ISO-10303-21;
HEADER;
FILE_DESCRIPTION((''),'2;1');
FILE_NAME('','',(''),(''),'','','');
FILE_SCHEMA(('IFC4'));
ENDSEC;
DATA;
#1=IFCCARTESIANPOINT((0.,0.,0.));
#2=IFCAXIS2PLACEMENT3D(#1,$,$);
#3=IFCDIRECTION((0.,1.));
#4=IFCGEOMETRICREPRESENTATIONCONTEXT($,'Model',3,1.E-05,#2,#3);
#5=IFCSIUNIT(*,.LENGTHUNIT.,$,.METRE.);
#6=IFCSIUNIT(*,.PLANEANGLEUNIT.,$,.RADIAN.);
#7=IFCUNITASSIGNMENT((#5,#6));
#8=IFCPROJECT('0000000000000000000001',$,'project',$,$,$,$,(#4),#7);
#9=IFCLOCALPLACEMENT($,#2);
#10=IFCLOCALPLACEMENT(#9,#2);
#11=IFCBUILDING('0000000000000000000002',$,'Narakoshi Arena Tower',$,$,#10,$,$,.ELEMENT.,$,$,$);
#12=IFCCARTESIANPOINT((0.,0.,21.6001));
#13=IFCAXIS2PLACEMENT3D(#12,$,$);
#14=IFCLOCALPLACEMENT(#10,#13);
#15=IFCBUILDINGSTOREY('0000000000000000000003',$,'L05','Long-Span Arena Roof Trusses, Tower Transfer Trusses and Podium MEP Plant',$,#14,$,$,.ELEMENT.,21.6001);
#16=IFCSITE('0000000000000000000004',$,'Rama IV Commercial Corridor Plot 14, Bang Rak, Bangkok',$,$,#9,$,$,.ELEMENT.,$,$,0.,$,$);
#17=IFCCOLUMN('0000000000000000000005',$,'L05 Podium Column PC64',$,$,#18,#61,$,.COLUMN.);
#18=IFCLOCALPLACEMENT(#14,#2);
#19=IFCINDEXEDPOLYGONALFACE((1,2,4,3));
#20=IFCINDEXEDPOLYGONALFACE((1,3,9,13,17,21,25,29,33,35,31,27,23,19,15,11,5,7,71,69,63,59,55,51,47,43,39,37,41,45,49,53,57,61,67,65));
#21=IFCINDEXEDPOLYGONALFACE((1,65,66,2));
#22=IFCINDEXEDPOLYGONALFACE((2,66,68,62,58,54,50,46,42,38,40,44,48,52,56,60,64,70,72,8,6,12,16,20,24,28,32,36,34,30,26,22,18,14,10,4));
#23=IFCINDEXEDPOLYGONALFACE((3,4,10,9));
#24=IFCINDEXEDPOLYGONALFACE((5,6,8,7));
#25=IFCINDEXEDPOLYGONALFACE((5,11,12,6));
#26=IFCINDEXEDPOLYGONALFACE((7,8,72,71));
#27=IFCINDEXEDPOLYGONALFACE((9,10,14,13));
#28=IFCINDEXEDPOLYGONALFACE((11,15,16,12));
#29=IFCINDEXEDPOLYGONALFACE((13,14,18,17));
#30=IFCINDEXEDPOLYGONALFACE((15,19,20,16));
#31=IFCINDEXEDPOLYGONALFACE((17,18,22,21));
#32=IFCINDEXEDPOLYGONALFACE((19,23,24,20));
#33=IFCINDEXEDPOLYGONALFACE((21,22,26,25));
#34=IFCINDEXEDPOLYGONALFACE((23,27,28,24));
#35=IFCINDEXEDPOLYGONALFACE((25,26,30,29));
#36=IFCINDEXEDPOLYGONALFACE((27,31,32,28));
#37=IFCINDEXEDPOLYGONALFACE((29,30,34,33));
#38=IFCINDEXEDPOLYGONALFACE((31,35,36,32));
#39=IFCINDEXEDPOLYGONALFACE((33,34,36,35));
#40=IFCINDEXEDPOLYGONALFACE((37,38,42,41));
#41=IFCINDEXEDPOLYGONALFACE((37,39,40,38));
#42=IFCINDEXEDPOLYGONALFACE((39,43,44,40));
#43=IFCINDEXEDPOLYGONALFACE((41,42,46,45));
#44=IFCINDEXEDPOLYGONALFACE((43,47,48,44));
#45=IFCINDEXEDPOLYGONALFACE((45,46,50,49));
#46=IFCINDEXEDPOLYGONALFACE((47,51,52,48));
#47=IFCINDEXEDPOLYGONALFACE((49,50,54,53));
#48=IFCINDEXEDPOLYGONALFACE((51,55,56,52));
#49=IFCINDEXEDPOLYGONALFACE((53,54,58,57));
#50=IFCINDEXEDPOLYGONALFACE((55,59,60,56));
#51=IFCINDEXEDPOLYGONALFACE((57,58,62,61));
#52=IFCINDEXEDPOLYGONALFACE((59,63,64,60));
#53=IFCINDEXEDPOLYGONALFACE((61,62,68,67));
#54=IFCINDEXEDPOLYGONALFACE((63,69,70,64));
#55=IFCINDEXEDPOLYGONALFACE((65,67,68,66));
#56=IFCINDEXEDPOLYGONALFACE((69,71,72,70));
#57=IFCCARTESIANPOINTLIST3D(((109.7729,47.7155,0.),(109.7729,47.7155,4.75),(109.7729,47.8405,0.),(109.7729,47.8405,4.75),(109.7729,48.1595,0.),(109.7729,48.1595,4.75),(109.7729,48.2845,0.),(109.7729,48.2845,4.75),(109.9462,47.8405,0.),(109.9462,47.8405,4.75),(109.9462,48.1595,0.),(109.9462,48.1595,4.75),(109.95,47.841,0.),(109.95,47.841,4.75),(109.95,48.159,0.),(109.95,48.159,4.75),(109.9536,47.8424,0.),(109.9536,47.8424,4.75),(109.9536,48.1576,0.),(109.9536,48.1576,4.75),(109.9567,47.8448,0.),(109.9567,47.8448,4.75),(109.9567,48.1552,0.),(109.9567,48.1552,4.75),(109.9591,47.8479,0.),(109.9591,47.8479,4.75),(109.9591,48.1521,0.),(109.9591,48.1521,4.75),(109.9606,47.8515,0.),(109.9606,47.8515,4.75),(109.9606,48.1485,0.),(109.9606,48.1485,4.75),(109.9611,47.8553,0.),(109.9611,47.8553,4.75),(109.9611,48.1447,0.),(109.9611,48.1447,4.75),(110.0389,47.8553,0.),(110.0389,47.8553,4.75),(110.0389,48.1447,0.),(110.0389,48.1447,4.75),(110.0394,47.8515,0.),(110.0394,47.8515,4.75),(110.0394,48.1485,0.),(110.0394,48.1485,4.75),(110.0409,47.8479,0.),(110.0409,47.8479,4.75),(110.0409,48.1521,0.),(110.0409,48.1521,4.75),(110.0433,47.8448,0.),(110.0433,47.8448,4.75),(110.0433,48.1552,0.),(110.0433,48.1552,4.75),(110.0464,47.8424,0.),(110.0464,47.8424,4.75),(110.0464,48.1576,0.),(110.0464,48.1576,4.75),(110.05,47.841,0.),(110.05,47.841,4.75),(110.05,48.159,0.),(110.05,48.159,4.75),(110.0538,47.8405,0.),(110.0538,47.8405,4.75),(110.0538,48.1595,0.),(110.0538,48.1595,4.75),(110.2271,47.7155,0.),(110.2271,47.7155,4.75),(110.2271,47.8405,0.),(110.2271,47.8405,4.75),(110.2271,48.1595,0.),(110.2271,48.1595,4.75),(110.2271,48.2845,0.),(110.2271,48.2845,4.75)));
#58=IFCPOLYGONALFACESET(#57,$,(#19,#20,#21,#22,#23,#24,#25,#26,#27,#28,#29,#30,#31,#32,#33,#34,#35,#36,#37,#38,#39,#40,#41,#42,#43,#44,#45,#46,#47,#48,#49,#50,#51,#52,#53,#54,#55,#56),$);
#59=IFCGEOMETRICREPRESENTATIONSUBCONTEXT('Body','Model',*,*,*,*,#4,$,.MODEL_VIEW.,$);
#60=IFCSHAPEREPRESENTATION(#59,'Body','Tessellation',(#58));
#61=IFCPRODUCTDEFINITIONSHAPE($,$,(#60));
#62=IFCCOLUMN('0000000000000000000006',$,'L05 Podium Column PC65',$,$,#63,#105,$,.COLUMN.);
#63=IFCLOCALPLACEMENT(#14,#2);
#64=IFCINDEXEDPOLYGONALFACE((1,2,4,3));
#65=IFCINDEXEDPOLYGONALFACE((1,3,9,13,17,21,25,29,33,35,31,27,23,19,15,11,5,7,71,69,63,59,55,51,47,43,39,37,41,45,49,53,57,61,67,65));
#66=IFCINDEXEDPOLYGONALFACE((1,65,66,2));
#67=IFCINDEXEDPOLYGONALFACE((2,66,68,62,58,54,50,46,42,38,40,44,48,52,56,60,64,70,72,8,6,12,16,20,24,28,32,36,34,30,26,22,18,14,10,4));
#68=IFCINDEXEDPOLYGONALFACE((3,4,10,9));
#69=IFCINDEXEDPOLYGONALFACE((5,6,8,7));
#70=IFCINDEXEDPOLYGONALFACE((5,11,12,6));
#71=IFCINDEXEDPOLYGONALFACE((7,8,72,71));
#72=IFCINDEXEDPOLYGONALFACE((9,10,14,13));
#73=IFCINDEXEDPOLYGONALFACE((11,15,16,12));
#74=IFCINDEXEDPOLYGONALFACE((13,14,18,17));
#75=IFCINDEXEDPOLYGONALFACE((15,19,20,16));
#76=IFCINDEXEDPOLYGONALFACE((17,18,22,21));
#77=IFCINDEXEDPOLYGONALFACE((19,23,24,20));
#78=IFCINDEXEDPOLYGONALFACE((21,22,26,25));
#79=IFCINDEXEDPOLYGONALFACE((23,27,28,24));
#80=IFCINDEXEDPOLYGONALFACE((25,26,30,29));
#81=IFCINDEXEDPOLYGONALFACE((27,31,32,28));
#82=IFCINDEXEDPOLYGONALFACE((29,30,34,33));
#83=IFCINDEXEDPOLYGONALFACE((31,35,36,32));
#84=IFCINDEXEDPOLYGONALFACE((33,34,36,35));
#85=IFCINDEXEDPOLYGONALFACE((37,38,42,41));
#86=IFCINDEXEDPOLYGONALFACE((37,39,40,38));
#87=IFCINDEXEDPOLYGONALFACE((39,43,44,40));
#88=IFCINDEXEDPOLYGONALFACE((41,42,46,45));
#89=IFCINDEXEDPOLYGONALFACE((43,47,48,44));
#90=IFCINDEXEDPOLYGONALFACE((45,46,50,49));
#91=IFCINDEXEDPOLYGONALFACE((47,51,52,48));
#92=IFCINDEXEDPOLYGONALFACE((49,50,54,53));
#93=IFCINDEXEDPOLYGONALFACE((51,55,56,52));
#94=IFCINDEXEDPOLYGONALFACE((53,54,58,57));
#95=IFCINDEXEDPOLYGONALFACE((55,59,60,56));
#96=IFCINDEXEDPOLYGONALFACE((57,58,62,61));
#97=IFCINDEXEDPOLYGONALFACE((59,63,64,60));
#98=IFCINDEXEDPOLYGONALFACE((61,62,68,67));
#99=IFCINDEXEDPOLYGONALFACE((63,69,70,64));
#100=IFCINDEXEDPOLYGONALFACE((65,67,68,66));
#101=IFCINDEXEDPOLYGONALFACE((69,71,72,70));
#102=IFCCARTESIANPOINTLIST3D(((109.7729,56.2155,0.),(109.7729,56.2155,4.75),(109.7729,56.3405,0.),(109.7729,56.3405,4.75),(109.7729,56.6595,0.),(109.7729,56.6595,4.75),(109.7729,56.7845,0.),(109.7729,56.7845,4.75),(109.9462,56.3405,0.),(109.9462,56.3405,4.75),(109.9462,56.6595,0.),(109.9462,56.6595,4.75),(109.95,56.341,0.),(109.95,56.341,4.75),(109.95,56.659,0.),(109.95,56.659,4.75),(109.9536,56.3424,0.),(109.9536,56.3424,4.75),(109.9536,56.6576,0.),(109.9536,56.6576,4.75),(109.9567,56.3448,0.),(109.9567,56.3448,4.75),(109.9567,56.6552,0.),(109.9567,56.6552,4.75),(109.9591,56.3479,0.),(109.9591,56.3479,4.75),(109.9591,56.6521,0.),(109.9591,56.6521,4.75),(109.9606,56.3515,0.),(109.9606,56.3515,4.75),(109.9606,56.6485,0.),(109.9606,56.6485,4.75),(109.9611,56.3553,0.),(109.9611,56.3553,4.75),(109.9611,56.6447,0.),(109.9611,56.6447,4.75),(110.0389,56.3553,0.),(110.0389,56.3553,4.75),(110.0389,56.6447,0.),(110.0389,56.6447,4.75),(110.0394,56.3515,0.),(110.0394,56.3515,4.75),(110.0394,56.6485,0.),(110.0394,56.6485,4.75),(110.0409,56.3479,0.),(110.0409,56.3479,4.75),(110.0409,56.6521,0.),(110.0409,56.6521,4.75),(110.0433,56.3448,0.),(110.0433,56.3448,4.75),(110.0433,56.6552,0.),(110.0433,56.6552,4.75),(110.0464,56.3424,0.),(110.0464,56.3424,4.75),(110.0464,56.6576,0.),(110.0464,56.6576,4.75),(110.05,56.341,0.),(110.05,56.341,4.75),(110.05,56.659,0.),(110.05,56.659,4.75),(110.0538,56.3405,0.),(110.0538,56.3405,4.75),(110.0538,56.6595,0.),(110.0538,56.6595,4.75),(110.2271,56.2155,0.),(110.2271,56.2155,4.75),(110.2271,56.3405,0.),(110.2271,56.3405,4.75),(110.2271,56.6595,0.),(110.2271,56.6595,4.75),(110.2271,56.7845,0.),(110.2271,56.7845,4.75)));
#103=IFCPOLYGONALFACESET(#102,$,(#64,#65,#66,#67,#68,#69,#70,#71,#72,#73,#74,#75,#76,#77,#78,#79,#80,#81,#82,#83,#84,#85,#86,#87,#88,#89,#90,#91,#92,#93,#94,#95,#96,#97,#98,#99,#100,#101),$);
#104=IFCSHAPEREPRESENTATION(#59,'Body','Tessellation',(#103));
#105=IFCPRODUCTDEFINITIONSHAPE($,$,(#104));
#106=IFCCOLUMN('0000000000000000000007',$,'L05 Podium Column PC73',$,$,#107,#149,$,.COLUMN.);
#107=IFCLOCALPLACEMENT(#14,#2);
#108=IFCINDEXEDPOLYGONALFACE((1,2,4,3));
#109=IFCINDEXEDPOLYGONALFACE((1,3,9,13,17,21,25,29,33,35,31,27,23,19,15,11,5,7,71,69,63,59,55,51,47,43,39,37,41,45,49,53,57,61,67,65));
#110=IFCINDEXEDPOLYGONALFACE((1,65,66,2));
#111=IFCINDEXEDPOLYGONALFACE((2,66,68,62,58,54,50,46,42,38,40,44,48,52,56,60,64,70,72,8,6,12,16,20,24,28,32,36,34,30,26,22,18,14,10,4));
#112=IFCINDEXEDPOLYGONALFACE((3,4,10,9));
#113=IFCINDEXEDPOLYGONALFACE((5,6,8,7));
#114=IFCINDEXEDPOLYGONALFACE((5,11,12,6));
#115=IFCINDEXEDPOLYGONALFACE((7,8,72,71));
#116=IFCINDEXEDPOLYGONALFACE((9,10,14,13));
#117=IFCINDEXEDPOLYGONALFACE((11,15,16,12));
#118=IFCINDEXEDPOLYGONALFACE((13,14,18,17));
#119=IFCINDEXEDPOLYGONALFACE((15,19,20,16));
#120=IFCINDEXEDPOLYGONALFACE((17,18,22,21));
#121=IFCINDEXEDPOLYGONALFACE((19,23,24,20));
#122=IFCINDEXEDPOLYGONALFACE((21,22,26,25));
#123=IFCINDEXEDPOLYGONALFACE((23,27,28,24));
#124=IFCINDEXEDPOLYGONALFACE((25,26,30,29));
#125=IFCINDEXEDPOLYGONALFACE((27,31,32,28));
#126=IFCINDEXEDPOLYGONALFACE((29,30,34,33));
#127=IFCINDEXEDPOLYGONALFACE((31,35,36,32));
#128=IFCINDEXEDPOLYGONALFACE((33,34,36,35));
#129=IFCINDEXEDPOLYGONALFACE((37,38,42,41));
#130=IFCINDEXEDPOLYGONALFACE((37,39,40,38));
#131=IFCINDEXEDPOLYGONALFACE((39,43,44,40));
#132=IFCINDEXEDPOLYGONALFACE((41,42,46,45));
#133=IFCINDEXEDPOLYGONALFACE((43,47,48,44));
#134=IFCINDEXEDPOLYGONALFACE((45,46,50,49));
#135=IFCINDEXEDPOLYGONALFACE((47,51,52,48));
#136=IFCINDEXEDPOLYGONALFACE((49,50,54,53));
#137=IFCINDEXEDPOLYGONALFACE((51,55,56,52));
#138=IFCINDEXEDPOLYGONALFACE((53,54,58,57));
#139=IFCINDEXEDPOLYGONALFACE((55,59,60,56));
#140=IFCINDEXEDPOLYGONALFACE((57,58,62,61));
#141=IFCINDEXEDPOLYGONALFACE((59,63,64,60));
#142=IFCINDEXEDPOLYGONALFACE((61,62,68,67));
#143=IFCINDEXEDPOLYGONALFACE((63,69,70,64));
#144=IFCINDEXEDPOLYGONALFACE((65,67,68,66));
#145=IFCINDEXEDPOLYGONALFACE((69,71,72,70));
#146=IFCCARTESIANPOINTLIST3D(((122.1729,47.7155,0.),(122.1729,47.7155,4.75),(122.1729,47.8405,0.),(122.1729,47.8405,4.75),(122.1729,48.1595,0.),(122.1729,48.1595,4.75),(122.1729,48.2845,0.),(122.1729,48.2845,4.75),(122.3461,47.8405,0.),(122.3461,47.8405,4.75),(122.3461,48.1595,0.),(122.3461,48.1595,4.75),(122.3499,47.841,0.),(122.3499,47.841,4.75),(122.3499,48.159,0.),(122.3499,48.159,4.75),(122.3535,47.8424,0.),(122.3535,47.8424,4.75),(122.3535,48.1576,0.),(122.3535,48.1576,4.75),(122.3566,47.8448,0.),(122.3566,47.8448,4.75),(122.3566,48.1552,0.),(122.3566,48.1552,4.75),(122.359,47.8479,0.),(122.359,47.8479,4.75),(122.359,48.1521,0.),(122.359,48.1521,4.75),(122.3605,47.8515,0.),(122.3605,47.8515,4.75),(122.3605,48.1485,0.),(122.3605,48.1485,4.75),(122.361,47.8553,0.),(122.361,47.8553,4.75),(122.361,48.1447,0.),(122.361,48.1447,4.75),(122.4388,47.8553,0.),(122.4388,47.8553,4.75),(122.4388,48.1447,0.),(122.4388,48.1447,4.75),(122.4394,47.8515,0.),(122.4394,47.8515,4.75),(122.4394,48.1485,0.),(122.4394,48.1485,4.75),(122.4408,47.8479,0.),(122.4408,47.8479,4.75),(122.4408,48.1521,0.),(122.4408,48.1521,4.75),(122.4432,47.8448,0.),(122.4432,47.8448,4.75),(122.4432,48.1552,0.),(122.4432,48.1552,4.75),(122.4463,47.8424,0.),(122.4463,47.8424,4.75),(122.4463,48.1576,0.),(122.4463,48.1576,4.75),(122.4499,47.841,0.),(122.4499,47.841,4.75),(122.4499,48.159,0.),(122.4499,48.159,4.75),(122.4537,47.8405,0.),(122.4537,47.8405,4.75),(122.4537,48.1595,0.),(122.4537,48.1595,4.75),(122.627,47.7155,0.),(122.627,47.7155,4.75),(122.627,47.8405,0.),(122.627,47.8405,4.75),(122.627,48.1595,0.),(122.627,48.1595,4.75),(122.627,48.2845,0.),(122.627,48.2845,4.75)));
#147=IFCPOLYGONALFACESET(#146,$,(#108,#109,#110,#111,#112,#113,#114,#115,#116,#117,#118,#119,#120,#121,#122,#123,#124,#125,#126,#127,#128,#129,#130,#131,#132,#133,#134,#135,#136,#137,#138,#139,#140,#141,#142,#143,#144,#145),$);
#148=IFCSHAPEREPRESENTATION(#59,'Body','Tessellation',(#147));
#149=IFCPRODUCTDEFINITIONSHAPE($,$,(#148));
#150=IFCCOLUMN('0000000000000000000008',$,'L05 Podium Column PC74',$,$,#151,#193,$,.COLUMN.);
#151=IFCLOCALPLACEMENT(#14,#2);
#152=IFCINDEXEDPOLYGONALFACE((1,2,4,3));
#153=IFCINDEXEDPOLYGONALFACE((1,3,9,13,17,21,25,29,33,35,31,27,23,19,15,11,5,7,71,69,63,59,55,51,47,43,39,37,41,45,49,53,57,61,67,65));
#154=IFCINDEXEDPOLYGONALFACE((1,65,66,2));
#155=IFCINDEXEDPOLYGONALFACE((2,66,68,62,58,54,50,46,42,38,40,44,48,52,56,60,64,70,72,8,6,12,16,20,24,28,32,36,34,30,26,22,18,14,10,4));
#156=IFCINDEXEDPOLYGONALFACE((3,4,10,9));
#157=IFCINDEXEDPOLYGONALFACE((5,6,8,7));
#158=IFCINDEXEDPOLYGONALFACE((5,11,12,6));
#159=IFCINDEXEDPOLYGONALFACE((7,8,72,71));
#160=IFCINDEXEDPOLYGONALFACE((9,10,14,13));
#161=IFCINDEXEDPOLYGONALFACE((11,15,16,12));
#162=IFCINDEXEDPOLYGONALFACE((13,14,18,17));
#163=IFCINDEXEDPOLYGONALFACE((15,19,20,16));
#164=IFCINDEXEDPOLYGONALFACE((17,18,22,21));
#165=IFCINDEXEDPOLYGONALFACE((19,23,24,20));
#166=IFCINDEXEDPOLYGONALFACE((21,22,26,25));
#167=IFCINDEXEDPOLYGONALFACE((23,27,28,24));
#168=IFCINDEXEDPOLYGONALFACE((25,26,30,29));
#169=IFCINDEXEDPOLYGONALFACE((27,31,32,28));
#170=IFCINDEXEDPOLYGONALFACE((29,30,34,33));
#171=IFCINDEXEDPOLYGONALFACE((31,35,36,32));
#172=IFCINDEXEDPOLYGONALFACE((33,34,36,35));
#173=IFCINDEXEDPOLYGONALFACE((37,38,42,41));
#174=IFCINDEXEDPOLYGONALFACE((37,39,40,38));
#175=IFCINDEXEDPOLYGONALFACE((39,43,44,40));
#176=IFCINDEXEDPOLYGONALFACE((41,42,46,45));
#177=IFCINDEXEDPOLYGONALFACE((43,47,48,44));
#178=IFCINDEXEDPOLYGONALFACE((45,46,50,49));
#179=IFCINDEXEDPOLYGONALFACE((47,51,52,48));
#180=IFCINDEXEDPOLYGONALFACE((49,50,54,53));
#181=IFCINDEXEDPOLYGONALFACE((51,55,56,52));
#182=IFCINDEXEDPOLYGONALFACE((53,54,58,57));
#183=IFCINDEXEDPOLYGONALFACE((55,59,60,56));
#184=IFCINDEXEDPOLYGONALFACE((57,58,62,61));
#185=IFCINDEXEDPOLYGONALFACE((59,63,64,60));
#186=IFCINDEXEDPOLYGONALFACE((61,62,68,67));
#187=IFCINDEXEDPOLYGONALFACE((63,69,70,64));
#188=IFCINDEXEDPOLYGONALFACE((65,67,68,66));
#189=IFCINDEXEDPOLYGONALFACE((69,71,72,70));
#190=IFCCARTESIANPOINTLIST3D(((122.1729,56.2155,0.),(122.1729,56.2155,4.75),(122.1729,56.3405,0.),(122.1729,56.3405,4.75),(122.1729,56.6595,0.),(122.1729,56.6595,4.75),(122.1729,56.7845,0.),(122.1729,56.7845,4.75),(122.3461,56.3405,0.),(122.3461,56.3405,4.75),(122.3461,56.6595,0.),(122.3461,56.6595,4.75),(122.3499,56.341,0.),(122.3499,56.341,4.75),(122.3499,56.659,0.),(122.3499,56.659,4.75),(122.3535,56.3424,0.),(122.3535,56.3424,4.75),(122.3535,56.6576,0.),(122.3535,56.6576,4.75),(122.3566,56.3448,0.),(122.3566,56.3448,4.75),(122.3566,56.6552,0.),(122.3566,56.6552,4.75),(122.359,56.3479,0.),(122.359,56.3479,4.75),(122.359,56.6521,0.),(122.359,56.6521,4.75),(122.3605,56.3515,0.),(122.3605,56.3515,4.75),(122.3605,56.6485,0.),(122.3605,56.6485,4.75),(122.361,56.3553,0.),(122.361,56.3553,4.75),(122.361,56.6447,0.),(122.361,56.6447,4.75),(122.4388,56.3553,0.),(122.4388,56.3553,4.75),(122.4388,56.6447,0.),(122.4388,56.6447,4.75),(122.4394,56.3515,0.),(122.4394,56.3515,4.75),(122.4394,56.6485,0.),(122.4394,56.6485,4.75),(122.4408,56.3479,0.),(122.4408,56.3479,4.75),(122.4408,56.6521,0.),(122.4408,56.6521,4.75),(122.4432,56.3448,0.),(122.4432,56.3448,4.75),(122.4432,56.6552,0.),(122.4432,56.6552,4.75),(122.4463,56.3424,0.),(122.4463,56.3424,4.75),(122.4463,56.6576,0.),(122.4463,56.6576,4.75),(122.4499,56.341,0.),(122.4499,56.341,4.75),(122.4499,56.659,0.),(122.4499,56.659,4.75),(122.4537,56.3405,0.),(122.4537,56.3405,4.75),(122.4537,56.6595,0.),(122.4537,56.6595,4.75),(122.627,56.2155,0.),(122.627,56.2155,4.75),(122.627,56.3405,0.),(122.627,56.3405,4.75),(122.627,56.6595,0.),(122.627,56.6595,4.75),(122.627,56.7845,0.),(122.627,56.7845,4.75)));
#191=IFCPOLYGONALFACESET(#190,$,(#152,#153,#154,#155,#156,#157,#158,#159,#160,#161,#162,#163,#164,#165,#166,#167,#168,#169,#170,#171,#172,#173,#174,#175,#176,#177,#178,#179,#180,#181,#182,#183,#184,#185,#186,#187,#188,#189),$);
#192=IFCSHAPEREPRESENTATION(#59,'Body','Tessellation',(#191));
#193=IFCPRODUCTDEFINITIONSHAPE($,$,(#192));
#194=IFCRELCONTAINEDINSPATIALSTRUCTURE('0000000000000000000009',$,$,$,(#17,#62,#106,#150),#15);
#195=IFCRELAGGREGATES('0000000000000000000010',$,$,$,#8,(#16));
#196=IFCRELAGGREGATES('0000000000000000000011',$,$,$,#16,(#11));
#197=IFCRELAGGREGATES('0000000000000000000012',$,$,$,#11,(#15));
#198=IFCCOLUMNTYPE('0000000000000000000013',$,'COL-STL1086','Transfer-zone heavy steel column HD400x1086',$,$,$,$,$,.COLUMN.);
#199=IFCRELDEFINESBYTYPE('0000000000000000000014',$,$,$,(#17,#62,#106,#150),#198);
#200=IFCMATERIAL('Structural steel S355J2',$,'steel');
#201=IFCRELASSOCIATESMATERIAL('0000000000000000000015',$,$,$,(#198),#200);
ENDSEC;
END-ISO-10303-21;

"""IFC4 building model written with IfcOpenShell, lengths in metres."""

from ifc_helpers import new_model, si_unit, direction, frame, origin, origin_2d, place, context, subcontext, project, spatial, i_section, extrude, material, material_profile, profile_set, type_object, element, save


model = new_model("IFC4")

# Units and contexts
model_context = context("Model", 3, precision=1e-05, world=origin(), true_north=direction((0.0, 1.0)))
body_context = subcontext(model_context, "Body", "Model", "MODEL_VIEW")
ifc_project = project(units=[si_unit("LENGTHUNIT", "METRE"), si_unit("PLANEANGLEUNIT", "RADIAN")], contexts=[model_context])

# Site, building, storey
site_placement = place(None, origin())
site = spatial("IfcSite", under=ifc_project, at=site_placement, Name="Rama IV Commercial Corridor Plot 14, Bang Rak, Bangkok", CompositionType="ELEMENT", RefElevation=0.0)
building_placement = place(site_placement, origin())
building = spatial("IfcBuilding", under=site, at=building_placement, Name="Narakoshi Arena Tower", CompositionType="ELEMENT")
storey_placement = place(building_placement, frame((0.0, 0.0, 21.6001)))
storey = spatial("IfcBuildingStorey", under=building, at=storey_placement, Name="L05", Description="Long-Span Arena Roof Trusses, Tower Transfer Trusses and Podium MEP Plant", CompositionType="ELEMENT", Elevation=21.6001)

# Columns
ifc_material_1 = material(Name="Structural steel S355J2", Category="steel")
ifc_material_profile_1 = material_profile(ifc_material_1, i_section(OverallWidth=0.4541, OverallDepth=0.5691, WebThickness=0.0779, FlangeThickness=0.125, FilletRadius=0.0149, at=origin_2d()), Name="HD400x1086")
ifc_profile_set_1 = profile_set([ifc_material_profile_1], Name="Structural steel S355J2")
column_type = type_object("IfcColumnType", Name="COL-STL1086", Description="Transfer-zone heavy steel column HD400x1086", PredefinedType="COLUMN", material=ifc_profile_set_1)
for number, where, z_axis, x_axis, name in (
    (1, (110.0, 48.0, 0.0), (0.0, 0.0, 1.0), (1.0, 0.0, 0.0), "L05 Podium Column PC64"),
    (2, (110.0, 56.5, 0.0), (0.0, 0.0, 1.0), (1.0, 0.0, 0.0), "L05 Podium Column PC65"),
    (3, (122.3999, 48.0, 0.0), (0.0, 0.0, 1.0), (1.0, 0.0, 0.0), "L05 Podium Column PC73"),
    (4, (122.3999, 56.5, 0.0), (0.0, 0.0, 1.0), (1.0, 0.0, 0.0), "L05 Podium Column PC74"),
):
    element("IfcColumn", number, at=place(storey_placement, frame(where, z_axis=z_axis, x_axis=x_axis)), inside=storey, type_object=column_type, Name=name, PredefinedType="COLUMN", context=body_context, shape_type="SweptSolid", body=[
        extrude(i_section(OverallWidth=0.4541, OverallDepth=0.5691, WebThickness=0.0779, FlangeThickness=0.125, FilletRadius=0.0149, at=origin_2d()), origin(), (0.0, 0.0, 1.0), 4.75),
    ])

save(model, "model.ifc")
